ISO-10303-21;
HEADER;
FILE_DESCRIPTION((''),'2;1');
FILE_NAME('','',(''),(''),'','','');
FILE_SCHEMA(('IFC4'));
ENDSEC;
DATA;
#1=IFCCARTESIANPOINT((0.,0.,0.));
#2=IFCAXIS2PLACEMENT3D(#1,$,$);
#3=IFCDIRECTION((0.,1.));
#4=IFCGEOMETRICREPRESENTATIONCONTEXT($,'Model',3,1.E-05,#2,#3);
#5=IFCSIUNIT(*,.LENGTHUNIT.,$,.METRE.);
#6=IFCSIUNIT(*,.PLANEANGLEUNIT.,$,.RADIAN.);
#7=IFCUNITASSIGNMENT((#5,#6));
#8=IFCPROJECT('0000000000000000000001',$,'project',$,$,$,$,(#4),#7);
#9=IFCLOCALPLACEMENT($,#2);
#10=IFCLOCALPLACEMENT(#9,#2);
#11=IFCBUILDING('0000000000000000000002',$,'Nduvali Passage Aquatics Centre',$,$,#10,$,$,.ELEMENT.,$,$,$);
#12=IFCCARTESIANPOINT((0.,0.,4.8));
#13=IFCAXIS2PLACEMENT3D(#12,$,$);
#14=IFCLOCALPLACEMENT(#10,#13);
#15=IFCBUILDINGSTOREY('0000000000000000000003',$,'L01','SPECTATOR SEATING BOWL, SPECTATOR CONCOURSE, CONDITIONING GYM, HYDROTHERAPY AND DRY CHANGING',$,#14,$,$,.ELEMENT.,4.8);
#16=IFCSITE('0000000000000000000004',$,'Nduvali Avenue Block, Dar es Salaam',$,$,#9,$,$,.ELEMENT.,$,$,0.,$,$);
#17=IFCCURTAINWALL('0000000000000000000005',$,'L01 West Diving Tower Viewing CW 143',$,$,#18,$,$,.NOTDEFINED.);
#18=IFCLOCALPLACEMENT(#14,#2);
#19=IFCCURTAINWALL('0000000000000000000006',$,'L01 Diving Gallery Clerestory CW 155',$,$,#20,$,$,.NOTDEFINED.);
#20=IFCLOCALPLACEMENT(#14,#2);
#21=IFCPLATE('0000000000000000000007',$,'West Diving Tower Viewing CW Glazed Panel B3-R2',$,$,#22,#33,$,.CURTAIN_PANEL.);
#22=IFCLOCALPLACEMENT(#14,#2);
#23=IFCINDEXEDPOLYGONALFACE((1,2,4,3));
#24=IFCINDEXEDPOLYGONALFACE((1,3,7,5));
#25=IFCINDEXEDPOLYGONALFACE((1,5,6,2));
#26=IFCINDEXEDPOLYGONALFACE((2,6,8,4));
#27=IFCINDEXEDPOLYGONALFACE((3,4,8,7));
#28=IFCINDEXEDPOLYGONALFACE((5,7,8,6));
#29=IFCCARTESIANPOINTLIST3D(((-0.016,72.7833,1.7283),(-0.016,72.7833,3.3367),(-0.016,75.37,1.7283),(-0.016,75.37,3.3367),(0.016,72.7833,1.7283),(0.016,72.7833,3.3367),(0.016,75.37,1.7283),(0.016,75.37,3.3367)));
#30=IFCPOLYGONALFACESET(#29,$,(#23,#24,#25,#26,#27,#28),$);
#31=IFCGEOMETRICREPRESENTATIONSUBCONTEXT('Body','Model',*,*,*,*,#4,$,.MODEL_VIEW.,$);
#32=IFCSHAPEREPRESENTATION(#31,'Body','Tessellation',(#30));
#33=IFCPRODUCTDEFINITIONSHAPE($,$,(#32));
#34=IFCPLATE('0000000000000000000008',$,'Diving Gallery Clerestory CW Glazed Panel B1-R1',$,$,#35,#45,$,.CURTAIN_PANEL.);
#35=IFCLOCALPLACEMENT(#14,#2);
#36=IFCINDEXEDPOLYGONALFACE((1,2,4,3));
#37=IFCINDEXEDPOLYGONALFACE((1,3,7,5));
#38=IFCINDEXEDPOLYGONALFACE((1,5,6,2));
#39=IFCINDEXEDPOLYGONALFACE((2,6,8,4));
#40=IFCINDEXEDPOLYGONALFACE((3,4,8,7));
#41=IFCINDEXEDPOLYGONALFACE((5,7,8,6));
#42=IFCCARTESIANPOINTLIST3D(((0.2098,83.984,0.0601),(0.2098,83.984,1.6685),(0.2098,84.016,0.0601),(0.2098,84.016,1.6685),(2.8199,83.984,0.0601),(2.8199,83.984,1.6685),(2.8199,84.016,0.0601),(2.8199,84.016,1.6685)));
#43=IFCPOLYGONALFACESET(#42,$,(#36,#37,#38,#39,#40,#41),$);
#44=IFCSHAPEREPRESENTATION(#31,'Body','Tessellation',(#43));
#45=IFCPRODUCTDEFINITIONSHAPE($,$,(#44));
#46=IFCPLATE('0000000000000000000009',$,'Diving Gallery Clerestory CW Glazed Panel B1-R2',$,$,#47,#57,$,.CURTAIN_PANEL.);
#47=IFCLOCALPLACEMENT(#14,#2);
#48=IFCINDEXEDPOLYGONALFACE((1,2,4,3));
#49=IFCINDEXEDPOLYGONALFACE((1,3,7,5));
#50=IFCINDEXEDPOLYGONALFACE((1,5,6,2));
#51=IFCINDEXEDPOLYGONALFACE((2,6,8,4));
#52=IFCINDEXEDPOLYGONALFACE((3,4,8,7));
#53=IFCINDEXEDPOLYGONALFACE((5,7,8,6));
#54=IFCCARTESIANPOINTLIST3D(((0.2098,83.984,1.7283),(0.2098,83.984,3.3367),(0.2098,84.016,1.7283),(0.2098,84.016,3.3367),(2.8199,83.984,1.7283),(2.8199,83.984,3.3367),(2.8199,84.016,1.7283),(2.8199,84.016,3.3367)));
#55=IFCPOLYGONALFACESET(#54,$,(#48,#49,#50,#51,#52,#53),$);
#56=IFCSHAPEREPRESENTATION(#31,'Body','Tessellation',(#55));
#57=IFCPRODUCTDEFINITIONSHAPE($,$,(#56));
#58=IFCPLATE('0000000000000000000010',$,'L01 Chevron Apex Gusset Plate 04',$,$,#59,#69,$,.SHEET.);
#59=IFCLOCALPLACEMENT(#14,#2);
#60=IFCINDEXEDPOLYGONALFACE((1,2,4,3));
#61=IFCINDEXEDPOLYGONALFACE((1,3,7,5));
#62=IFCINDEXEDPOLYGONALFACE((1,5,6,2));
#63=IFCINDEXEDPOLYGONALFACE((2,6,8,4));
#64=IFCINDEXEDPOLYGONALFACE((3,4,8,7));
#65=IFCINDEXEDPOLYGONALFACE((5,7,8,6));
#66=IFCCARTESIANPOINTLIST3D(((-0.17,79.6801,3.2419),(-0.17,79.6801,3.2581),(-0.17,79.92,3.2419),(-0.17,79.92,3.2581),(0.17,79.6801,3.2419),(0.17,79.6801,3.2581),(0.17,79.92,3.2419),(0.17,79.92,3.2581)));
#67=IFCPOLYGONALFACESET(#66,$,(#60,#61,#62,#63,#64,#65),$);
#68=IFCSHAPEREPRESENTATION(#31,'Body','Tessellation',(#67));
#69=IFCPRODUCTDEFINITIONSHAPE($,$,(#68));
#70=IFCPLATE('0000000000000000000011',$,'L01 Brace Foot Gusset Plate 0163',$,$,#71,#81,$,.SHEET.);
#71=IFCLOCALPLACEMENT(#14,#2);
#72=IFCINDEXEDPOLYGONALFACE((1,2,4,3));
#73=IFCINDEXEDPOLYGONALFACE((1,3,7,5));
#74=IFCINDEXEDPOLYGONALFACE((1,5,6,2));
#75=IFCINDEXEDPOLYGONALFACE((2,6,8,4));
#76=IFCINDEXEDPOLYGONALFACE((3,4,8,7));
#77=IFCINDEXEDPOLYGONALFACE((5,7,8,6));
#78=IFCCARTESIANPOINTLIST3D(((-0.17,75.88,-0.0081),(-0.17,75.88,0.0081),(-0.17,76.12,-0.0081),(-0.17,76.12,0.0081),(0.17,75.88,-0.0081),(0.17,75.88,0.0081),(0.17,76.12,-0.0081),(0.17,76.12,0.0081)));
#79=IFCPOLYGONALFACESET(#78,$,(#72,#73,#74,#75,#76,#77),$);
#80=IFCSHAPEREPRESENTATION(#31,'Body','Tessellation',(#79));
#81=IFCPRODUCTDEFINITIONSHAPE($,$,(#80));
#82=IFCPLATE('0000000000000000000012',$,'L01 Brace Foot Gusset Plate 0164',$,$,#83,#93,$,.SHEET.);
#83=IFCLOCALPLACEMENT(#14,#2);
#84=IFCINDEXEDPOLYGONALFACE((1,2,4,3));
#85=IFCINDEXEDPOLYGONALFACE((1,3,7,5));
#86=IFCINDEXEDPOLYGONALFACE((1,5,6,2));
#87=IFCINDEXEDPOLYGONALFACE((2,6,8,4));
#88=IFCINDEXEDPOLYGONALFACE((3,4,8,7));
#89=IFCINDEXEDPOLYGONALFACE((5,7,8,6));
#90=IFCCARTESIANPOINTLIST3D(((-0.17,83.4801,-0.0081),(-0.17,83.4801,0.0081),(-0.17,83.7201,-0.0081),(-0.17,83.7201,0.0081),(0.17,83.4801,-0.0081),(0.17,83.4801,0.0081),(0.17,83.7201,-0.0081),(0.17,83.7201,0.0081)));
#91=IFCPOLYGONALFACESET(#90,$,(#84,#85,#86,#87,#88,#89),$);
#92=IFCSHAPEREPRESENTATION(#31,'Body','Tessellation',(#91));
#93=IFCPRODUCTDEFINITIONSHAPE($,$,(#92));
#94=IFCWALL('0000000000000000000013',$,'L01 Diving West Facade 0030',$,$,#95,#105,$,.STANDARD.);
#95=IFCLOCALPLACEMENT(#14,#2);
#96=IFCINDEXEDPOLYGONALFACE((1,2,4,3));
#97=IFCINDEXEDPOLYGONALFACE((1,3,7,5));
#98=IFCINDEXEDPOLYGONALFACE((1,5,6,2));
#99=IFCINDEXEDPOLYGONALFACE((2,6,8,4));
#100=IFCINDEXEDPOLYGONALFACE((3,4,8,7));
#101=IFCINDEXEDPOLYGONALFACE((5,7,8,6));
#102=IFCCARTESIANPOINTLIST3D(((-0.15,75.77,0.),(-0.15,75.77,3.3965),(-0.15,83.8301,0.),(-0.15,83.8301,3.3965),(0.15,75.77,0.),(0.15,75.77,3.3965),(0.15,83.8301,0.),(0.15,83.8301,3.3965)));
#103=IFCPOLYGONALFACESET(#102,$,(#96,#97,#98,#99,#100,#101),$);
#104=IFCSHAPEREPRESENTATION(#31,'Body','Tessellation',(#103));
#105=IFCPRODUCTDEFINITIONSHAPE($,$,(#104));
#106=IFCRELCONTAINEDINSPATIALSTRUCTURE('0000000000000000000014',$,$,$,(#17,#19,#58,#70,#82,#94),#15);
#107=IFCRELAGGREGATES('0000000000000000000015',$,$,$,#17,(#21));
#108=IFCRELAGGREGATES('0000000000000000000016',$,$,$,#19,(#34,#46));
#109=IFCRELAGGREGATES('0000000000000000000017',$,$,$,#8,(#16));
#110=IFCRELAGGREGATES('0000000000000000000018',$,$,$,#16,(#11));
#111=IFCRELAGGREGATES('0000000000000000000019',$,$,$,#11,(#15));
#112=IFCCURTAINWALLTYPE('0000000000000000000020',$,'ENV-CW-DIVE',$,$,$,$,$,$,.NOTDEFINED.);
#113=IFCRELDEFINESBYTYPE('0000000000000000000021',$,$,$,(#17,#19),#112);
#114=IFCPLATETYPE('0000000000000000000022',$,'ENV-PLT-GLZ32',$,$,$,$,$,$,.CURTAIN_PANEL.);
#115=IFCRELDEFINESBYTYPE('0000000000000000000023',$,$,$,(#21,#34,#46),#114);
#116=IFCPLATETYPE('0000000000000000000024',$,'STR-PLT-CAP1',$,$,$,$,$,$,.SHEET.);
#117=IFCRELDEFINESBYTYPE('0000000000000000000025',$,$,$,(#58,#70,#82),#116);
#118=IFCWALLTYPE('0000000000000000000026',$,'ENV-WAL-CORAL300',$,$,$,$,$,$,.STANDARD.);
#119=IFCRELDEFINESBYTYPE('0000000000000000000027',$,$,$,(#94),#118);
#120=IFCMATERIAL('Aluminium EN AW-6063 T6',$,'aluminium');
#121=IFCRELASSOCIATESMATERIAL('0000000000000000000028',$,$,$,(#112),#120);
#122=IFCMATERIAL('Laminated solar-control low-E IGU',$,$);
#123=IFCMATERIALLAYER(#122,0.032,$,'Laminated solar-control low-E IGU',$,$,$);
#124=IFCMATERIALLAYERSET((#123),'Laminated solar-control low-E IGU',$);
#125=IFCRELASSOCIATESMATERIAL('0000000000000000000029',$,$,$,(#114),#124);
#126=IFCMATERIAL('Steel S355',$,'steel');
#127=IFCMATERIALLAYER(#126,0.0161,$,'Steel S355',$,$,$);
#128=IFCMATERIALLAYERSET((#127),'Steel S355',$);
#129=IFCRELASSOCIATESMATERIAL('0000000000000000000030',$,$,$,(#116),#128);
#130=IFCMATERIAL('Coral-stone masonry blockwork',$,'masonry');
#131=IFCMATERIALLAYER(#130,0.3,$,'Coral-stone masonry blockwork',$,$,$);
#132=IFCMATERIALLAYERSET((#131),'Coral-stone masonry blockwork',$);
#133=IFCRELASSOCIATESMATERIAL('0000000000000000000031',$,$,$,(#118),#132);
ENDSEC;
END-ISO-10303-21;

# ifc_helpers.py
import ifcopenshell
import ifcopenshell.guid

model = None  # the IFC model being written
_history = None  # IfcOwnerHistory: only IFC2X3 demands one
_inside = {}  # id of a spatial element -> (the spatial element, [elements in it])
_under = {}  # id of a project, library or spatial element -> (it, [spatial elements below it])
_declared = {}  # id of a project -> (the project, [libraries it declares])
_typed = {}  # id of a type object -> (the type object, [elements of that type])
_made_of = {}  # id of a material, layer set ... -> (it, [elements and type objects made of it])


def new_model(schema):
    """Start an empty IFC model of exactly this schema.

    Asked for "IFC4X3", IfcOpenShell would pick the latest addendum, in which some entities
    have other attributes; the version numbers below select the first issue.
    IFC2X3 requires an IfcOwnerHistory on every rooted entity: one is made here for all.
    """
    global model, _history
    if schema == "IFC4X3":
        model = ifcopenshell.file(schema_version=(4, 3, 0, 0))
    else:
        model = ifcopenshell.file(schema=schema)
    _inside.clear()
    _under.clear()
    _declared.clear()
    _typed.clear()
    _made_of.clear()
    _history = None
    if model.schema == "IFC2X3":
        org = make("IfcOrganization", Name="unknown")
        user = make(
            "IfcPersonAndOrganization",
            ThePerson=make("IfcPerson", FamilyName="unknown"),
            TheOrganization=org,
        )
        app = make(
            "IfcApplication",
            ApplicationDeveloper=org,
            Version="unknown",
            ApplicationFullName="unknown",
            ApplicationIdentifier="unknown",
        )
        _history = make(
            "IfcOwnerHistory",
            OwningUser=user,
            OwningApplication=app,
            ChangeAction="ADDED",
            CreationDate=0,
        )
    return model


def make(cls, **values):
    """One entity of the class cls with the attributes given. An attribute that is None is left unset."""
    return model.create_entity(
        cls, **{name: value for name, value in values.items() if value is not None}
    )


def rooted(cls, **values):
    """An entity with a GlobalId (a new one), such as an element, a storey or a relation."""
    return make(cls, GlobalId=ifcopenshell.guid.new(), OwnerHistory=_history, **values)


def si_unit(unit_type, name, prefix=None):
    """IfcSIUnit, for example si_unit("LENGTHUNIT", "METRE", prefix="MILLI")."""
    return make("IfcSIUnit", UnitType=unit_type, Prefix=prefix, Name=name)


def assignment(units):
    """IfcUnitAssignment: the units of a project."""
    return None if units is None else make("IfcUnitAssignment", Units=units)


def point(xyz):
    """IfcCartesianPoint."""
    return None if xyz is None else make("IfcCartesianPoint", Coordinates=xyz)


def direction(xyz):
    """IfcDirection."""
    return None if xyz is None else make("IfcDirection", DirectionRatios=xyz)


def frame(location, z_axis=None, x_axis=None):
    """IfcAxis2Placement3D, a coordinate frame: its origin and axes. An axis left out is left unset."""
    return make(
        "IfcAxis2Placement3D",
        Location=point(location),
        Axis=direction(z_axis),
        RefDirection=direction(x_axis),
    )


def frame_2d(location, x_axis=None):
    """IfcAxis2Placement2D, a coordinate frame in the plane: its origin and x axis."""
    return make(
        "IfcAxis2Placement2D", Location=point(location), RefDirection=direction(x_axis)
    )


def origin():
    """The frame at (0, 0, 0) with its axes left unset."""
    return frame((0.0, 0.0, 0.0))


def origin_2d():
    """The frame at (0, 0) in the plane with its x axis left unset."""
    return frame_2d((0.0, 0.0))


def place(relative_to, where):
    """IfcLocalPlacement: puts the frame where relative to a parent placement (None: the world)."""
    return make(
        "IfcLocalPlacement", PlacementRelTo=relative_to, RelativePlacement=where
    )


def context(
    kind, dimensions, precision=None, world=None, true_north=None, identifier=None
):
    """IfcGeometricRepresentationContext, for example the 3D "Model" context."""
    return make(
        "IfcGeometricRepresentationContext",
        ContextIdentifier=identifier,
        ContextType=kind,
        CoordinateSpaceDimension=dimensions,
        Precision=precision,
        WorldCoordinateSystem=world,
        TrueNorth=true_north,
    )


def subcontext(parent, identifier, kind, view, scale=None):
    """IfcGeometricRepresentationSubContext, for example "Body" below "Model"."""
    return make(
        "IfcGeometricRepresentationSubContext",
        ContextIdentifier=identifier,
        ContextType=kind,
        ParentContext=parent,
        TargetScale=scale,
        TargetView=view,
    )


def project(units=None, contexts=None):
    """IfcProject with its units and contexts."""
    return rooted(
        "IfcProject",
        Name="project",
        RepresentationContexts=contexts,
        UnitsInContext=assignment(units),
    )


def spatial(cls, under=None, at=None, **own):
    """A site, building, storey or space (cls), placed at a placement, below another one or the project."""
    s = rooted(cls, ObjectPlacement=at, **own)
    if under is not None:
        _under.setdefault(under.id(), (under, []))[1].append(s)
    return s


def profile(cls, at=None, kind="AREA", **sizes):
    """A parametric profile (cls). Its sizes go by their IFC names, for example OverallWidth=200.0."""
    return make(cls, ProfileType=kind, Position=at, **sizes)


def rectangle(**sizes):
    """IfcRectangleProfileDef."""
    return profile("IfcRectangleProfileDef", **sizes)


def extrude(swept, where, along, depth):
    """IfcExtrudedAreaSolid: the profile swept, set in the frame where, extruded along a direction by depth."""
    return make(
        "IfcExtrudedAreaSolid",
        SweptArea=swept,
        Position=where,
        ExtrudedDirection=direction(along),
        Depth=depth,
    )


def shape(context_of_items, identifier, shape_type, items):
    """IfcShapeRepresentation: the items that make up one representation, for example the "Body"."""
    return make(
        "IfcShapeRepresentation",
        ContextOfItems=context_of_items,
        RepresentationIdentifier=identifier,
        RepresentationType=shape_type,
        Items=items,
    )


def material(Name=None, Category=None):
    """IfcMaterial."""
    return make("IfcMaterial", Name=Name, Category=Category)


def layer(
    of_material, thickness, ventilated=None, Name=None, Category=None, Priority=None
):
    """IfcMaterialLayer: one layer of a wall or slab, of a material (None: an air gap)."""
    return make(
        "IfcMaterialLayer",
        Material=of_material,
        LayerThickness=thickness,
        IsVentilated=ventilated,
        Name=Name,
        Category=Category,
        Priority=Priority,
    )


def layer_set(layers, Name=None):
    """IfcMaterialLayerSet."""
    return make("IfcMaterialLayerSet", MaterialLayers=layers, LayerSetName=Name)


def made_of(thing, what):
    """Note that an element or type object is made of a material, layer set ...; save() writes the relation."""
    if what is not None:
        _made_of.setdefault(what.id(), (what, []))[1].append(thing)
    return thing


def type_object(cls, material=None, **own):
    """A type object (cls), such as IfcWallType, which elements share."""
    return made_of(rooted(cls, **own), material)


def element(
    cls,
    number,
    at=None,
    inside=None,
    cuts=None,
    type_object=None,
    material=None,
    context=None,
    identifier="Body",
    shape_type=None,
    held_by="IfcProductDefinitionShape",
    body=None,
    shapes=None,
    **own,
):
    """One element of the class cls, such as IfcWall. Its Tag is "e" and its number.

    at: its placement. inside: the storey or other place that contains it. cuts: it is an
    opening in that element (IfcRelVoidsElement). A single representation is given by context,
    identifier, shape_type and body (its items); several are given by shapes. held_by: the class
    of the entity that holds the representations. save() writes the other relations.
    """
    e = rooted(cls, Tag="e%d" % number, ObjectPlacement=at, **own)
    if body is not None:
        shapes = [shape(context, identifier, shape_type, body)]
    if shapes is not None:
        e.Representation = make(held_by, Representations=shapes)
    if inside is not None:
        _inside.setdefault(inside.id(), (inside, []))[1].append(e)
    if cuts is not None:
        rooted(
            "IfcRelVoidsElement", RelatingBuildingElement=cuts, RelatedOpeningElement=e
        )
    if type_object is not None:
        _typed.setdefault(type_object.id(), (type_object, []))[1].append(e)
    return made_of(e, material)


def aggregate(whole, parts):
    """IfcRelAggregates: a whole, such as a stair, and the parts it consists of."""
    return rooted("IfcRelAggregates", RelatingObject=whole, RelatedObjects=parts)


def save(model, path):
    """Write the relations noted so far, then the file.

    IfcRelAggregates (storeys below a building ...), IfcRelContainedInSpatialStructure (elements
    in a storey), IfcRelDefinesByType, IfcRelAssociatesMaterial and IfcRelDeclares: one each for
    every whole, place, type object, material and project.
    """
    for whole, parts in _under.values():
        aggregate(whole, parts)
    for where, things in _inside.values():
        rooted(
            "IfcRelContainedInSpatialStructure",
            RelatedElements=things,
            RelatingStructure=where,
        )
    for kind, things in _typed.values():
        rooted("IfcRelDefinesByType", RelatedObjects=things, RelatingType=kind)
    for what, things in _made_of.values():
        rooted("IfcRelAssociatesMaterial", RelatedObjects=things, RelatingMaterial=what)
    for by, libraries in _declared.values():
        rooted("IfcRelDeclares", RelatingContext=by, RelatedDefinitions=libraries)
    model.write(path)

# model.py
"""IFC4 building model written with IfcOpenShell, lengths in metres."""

from ifc_helpers import new_model, si_unit, direction, frame, frame_2d, origin, origin_2d, place, context, subcontext, project, spatial, rectangle, extrude, material, layer, layer_set, type_object, element, aggregate, save


model = new_model("IFC4")

# Units and contexts
model_context = context("Model", 3, precision=1e-05, world=origin(), true_north=direction((0.0, 1.0)))
body_context = subcontext(model_context, "Body", "Model", "MODEL_VIEW")
ifc_project = project(units=[si_unit("LENGTHUNIT", "METRE"), si_unit("PLANEANGLEUNIT", "RADIAN")], contexts=[model_context])

# Site, building, storey
site_placement = place(None, origin())
site = spatial("IfcSite", under=ifc_project, at=site_placement, Name="Nduvali Avenue Block, Dar es Salaam", CompositionType="ELEMENT", RefElevation=0.0)
building_placement = place(site_placement, origin())
building = spatial("IfcBuilding", under=site, at=building_placement, Name="Nduvali Passage Aquatics Centre", CompositionType="ELEMENT")
storey_placement = place(building_placement, frame((0.0, 0.0, 4.8)))
storey = spatial("IfcBuildingStorey", under=building, at=storey_placement, Name="L01", Description="SPECTATOR SEATING BOWL, SPECTATOR CONCOURSE, CONDITIONING GYM, HYDROTHERAPY AND DRY CHANGING", CompositionType="ELEMENT", Elevation=4.8)

# Shared definitions
ifc_material_1 = material(Name="Steel S355", Category="steel")

# Shared definitions
ifc_material_2 = material(Name="Aluminium EN AW-6063 T6", Category="aluminium")
curtain_wall_type = type_object("IfcCurtainWallType", Name="ENV-CW-DIVE", PredefinedType="NOTDEFINED", material=ifc_material_2)

# Curtain wall
curtain_wall_1_placement = place(storey_placement, origin())
curtain_wall_1 = element("IfcCurtainWall", 1, at=curtain_wall_1_placement, inside=storey, type_object=curtain_wall_type, Name="L01 West Diving Tower Viewing CW 143", PredefinedType="NOTDEFINED")

# Curtain wall
curtain_wall_2_placement = place(storey_placement, origin())
curtain_wall_2 = element("IfcCurtainWall", 2, at=curtain_wall_2_placement, inside=storey, type_object=curtain_wall_type, Name="L01 Diving Gallery Clerestory CW 155", PredefinedType="NOTDEFINED")

# Plates
ifc_material_3 = material(Name="Laminated solar-control low-E IGU")
ifc_layer_1 = layer(ifc_material_3, 0.032, Name="Laminated solar-control low-E IGU")
ifc_layer_set_1 = layer_set([ifc_layer_1], Name="Laminated solar-control low-E IGU")
plate_type_1 = type_object("IfcPlateType", Name="ENV-PLT-GLZ32", PredefinedType="CURTAIN_PANEL", material=ifc_layer_set_1)
plate_1_placement = place(storey_placement, frame((0.0, 74.0767, 1.7283), z_axis=(0.0, 0.0, 1.0), x_axis=(0.0, 1.0, 0.0)))
plate_1 = element("IfcPlate", 3, at=plate_1_placement, type_object=plate_type_1, Name="West Diving Tower Viewing CW Glazed Panel B3-R2", PredefinedType="CURTAIN_PANEL", context=body_context, shape_type="SweptSolid", body=[
    extrude(rectangle(XDim=2.5867, YDim=0.032, at=origin_2d()), origin(), (0.0, 0.0, 1.0), 1.6084),
])
aggregate(curtain_wall_1, [plate_1])
plate_2_placement = place(storey_placement, frame((1.5149, 84.0, 0.0601), z_axis=(0.0, 0.0, 1.0), x_axis=(1.0, 0.0, 0.0)))
plate_2 = element("IfcPlate", 4, at=plate_2_placement, type_object=plate_type_1, Name="Diving Gallery Clerestory CW Glazed Panel B1-R1", PredefinedType="CURTAIN_PANEL", context=body_context, shape_type="SweptSolid", body=[
    extrude(rectangle(XDim=2.6101, YDim=0.032, at=origin_2d()), origin(), (0.0, 0.0, 1.0), 1.6084),
])
plate_3_placement = place(storey_placement, frame((1.5149, 84.0, 1.7283), z_axis=(0.0, 0.0, 1.0), x_axis=(1.0, 0.0, 0.0)))
plate_3 = element("IfcPlate", 5, at=plate_3_placement, type_object=plate_type_1, Name="Diving Gallery Clerestory CW Glazed Panel B1-R2", PredefinedType="CURTAIN_PANEL", context=body_context, shape_type="SweptSolid", body=[
    extrude(rectangle(XDim=2.6101, YDim=0.032, at=origin_2d()), origin(), (0.0, 0.0, 1.0), 1.6084),
])
aggregate(curtain_wall_2, [plate_2, plate_3])

# Plates
ifc_layer_2 = layer(ifc_material_1, 0.0161, Name="Steel S355")
ifc_layer_set_2 = layer_set([ifc_layer_2], Name="Steel S355")
plate_type_2 = type_object("IfcPlateType", Name="STR-PLT-CAP1", PredefinedType="SHEET", material=ifc_layer_set_2)
for number, where, z_axis, x_axis, name in (
    (6, (0.0, 79.8, 3.2419), (0.0, 0.0, 1.0), (1.0, 0.0, 0.0), "L01 Chevron Apex Gusset Plate 04"),
    (7, (0.0, 76.0, -0.0081), (0.0, 0.0, 1.0), (1.0, 0.0, 0.0), "L01 Brace Foot Gusset Plate 0163"),
    (8, (0.0, 83.6001, -0.0081), (0.0, 0.0, 1.0), (1.0, 0.0, 0.0), "L01 Brace Foot Gusset Plate 0164"),
):
    element("IfcPlate", number, at=place(storey_placement, frame(where, z_axis=z_axis, x_axis=x_axis)), inside=storey, type_object=plate_type_2, Name=name, PredefinedType="SHEET", context=body_context, shape_type="SweptSolid", body=[
        extrude(rectangle(XDim=0.3401, YDim=0.24, at=origin_2d()), origin(), (0.0, 0.0, 1.0), 0.0161),
    ])

# Wall
ifc_material_4 = material(Name="Coral-stone masonry blockwork", Category="masonry")
ifc_layer_3 = layer(ifc_material_4, 0.3, Name="Coral-stone masonry blockwork")
ifc_layer_set_3 = layer_set([ifc_layer_3], Name="Coral-stone masonry blockwork")
wall_type = type_object("IfcWallType", Name="ENV-WAL-CORAL300", PredefinedType="STANDARD", material=ifc_layer_set_3)
wall_placement = place(storey_placement, frame((0.0, 83.8301, 0.0), z_axis=(0.0, 0.0, 1.0), x_axis=(0.0, -1.0, 0.0)))
element("IfcWall", 9, at=wall_placement, inside=storey, type_object=wall_type, Name="L01 Diving West Facade 0030", PredefinedType="STANDARD", context=body_context, shape_type="SweptSolid", body=[
    extrude(rectangle(XDim=8.0601, YDim=0.3, at=frame_2d((4.03, 0.0))), origin(), (0.0, 0.0, 1.0), 3.3965),
])

save(model, "model.ifc")
